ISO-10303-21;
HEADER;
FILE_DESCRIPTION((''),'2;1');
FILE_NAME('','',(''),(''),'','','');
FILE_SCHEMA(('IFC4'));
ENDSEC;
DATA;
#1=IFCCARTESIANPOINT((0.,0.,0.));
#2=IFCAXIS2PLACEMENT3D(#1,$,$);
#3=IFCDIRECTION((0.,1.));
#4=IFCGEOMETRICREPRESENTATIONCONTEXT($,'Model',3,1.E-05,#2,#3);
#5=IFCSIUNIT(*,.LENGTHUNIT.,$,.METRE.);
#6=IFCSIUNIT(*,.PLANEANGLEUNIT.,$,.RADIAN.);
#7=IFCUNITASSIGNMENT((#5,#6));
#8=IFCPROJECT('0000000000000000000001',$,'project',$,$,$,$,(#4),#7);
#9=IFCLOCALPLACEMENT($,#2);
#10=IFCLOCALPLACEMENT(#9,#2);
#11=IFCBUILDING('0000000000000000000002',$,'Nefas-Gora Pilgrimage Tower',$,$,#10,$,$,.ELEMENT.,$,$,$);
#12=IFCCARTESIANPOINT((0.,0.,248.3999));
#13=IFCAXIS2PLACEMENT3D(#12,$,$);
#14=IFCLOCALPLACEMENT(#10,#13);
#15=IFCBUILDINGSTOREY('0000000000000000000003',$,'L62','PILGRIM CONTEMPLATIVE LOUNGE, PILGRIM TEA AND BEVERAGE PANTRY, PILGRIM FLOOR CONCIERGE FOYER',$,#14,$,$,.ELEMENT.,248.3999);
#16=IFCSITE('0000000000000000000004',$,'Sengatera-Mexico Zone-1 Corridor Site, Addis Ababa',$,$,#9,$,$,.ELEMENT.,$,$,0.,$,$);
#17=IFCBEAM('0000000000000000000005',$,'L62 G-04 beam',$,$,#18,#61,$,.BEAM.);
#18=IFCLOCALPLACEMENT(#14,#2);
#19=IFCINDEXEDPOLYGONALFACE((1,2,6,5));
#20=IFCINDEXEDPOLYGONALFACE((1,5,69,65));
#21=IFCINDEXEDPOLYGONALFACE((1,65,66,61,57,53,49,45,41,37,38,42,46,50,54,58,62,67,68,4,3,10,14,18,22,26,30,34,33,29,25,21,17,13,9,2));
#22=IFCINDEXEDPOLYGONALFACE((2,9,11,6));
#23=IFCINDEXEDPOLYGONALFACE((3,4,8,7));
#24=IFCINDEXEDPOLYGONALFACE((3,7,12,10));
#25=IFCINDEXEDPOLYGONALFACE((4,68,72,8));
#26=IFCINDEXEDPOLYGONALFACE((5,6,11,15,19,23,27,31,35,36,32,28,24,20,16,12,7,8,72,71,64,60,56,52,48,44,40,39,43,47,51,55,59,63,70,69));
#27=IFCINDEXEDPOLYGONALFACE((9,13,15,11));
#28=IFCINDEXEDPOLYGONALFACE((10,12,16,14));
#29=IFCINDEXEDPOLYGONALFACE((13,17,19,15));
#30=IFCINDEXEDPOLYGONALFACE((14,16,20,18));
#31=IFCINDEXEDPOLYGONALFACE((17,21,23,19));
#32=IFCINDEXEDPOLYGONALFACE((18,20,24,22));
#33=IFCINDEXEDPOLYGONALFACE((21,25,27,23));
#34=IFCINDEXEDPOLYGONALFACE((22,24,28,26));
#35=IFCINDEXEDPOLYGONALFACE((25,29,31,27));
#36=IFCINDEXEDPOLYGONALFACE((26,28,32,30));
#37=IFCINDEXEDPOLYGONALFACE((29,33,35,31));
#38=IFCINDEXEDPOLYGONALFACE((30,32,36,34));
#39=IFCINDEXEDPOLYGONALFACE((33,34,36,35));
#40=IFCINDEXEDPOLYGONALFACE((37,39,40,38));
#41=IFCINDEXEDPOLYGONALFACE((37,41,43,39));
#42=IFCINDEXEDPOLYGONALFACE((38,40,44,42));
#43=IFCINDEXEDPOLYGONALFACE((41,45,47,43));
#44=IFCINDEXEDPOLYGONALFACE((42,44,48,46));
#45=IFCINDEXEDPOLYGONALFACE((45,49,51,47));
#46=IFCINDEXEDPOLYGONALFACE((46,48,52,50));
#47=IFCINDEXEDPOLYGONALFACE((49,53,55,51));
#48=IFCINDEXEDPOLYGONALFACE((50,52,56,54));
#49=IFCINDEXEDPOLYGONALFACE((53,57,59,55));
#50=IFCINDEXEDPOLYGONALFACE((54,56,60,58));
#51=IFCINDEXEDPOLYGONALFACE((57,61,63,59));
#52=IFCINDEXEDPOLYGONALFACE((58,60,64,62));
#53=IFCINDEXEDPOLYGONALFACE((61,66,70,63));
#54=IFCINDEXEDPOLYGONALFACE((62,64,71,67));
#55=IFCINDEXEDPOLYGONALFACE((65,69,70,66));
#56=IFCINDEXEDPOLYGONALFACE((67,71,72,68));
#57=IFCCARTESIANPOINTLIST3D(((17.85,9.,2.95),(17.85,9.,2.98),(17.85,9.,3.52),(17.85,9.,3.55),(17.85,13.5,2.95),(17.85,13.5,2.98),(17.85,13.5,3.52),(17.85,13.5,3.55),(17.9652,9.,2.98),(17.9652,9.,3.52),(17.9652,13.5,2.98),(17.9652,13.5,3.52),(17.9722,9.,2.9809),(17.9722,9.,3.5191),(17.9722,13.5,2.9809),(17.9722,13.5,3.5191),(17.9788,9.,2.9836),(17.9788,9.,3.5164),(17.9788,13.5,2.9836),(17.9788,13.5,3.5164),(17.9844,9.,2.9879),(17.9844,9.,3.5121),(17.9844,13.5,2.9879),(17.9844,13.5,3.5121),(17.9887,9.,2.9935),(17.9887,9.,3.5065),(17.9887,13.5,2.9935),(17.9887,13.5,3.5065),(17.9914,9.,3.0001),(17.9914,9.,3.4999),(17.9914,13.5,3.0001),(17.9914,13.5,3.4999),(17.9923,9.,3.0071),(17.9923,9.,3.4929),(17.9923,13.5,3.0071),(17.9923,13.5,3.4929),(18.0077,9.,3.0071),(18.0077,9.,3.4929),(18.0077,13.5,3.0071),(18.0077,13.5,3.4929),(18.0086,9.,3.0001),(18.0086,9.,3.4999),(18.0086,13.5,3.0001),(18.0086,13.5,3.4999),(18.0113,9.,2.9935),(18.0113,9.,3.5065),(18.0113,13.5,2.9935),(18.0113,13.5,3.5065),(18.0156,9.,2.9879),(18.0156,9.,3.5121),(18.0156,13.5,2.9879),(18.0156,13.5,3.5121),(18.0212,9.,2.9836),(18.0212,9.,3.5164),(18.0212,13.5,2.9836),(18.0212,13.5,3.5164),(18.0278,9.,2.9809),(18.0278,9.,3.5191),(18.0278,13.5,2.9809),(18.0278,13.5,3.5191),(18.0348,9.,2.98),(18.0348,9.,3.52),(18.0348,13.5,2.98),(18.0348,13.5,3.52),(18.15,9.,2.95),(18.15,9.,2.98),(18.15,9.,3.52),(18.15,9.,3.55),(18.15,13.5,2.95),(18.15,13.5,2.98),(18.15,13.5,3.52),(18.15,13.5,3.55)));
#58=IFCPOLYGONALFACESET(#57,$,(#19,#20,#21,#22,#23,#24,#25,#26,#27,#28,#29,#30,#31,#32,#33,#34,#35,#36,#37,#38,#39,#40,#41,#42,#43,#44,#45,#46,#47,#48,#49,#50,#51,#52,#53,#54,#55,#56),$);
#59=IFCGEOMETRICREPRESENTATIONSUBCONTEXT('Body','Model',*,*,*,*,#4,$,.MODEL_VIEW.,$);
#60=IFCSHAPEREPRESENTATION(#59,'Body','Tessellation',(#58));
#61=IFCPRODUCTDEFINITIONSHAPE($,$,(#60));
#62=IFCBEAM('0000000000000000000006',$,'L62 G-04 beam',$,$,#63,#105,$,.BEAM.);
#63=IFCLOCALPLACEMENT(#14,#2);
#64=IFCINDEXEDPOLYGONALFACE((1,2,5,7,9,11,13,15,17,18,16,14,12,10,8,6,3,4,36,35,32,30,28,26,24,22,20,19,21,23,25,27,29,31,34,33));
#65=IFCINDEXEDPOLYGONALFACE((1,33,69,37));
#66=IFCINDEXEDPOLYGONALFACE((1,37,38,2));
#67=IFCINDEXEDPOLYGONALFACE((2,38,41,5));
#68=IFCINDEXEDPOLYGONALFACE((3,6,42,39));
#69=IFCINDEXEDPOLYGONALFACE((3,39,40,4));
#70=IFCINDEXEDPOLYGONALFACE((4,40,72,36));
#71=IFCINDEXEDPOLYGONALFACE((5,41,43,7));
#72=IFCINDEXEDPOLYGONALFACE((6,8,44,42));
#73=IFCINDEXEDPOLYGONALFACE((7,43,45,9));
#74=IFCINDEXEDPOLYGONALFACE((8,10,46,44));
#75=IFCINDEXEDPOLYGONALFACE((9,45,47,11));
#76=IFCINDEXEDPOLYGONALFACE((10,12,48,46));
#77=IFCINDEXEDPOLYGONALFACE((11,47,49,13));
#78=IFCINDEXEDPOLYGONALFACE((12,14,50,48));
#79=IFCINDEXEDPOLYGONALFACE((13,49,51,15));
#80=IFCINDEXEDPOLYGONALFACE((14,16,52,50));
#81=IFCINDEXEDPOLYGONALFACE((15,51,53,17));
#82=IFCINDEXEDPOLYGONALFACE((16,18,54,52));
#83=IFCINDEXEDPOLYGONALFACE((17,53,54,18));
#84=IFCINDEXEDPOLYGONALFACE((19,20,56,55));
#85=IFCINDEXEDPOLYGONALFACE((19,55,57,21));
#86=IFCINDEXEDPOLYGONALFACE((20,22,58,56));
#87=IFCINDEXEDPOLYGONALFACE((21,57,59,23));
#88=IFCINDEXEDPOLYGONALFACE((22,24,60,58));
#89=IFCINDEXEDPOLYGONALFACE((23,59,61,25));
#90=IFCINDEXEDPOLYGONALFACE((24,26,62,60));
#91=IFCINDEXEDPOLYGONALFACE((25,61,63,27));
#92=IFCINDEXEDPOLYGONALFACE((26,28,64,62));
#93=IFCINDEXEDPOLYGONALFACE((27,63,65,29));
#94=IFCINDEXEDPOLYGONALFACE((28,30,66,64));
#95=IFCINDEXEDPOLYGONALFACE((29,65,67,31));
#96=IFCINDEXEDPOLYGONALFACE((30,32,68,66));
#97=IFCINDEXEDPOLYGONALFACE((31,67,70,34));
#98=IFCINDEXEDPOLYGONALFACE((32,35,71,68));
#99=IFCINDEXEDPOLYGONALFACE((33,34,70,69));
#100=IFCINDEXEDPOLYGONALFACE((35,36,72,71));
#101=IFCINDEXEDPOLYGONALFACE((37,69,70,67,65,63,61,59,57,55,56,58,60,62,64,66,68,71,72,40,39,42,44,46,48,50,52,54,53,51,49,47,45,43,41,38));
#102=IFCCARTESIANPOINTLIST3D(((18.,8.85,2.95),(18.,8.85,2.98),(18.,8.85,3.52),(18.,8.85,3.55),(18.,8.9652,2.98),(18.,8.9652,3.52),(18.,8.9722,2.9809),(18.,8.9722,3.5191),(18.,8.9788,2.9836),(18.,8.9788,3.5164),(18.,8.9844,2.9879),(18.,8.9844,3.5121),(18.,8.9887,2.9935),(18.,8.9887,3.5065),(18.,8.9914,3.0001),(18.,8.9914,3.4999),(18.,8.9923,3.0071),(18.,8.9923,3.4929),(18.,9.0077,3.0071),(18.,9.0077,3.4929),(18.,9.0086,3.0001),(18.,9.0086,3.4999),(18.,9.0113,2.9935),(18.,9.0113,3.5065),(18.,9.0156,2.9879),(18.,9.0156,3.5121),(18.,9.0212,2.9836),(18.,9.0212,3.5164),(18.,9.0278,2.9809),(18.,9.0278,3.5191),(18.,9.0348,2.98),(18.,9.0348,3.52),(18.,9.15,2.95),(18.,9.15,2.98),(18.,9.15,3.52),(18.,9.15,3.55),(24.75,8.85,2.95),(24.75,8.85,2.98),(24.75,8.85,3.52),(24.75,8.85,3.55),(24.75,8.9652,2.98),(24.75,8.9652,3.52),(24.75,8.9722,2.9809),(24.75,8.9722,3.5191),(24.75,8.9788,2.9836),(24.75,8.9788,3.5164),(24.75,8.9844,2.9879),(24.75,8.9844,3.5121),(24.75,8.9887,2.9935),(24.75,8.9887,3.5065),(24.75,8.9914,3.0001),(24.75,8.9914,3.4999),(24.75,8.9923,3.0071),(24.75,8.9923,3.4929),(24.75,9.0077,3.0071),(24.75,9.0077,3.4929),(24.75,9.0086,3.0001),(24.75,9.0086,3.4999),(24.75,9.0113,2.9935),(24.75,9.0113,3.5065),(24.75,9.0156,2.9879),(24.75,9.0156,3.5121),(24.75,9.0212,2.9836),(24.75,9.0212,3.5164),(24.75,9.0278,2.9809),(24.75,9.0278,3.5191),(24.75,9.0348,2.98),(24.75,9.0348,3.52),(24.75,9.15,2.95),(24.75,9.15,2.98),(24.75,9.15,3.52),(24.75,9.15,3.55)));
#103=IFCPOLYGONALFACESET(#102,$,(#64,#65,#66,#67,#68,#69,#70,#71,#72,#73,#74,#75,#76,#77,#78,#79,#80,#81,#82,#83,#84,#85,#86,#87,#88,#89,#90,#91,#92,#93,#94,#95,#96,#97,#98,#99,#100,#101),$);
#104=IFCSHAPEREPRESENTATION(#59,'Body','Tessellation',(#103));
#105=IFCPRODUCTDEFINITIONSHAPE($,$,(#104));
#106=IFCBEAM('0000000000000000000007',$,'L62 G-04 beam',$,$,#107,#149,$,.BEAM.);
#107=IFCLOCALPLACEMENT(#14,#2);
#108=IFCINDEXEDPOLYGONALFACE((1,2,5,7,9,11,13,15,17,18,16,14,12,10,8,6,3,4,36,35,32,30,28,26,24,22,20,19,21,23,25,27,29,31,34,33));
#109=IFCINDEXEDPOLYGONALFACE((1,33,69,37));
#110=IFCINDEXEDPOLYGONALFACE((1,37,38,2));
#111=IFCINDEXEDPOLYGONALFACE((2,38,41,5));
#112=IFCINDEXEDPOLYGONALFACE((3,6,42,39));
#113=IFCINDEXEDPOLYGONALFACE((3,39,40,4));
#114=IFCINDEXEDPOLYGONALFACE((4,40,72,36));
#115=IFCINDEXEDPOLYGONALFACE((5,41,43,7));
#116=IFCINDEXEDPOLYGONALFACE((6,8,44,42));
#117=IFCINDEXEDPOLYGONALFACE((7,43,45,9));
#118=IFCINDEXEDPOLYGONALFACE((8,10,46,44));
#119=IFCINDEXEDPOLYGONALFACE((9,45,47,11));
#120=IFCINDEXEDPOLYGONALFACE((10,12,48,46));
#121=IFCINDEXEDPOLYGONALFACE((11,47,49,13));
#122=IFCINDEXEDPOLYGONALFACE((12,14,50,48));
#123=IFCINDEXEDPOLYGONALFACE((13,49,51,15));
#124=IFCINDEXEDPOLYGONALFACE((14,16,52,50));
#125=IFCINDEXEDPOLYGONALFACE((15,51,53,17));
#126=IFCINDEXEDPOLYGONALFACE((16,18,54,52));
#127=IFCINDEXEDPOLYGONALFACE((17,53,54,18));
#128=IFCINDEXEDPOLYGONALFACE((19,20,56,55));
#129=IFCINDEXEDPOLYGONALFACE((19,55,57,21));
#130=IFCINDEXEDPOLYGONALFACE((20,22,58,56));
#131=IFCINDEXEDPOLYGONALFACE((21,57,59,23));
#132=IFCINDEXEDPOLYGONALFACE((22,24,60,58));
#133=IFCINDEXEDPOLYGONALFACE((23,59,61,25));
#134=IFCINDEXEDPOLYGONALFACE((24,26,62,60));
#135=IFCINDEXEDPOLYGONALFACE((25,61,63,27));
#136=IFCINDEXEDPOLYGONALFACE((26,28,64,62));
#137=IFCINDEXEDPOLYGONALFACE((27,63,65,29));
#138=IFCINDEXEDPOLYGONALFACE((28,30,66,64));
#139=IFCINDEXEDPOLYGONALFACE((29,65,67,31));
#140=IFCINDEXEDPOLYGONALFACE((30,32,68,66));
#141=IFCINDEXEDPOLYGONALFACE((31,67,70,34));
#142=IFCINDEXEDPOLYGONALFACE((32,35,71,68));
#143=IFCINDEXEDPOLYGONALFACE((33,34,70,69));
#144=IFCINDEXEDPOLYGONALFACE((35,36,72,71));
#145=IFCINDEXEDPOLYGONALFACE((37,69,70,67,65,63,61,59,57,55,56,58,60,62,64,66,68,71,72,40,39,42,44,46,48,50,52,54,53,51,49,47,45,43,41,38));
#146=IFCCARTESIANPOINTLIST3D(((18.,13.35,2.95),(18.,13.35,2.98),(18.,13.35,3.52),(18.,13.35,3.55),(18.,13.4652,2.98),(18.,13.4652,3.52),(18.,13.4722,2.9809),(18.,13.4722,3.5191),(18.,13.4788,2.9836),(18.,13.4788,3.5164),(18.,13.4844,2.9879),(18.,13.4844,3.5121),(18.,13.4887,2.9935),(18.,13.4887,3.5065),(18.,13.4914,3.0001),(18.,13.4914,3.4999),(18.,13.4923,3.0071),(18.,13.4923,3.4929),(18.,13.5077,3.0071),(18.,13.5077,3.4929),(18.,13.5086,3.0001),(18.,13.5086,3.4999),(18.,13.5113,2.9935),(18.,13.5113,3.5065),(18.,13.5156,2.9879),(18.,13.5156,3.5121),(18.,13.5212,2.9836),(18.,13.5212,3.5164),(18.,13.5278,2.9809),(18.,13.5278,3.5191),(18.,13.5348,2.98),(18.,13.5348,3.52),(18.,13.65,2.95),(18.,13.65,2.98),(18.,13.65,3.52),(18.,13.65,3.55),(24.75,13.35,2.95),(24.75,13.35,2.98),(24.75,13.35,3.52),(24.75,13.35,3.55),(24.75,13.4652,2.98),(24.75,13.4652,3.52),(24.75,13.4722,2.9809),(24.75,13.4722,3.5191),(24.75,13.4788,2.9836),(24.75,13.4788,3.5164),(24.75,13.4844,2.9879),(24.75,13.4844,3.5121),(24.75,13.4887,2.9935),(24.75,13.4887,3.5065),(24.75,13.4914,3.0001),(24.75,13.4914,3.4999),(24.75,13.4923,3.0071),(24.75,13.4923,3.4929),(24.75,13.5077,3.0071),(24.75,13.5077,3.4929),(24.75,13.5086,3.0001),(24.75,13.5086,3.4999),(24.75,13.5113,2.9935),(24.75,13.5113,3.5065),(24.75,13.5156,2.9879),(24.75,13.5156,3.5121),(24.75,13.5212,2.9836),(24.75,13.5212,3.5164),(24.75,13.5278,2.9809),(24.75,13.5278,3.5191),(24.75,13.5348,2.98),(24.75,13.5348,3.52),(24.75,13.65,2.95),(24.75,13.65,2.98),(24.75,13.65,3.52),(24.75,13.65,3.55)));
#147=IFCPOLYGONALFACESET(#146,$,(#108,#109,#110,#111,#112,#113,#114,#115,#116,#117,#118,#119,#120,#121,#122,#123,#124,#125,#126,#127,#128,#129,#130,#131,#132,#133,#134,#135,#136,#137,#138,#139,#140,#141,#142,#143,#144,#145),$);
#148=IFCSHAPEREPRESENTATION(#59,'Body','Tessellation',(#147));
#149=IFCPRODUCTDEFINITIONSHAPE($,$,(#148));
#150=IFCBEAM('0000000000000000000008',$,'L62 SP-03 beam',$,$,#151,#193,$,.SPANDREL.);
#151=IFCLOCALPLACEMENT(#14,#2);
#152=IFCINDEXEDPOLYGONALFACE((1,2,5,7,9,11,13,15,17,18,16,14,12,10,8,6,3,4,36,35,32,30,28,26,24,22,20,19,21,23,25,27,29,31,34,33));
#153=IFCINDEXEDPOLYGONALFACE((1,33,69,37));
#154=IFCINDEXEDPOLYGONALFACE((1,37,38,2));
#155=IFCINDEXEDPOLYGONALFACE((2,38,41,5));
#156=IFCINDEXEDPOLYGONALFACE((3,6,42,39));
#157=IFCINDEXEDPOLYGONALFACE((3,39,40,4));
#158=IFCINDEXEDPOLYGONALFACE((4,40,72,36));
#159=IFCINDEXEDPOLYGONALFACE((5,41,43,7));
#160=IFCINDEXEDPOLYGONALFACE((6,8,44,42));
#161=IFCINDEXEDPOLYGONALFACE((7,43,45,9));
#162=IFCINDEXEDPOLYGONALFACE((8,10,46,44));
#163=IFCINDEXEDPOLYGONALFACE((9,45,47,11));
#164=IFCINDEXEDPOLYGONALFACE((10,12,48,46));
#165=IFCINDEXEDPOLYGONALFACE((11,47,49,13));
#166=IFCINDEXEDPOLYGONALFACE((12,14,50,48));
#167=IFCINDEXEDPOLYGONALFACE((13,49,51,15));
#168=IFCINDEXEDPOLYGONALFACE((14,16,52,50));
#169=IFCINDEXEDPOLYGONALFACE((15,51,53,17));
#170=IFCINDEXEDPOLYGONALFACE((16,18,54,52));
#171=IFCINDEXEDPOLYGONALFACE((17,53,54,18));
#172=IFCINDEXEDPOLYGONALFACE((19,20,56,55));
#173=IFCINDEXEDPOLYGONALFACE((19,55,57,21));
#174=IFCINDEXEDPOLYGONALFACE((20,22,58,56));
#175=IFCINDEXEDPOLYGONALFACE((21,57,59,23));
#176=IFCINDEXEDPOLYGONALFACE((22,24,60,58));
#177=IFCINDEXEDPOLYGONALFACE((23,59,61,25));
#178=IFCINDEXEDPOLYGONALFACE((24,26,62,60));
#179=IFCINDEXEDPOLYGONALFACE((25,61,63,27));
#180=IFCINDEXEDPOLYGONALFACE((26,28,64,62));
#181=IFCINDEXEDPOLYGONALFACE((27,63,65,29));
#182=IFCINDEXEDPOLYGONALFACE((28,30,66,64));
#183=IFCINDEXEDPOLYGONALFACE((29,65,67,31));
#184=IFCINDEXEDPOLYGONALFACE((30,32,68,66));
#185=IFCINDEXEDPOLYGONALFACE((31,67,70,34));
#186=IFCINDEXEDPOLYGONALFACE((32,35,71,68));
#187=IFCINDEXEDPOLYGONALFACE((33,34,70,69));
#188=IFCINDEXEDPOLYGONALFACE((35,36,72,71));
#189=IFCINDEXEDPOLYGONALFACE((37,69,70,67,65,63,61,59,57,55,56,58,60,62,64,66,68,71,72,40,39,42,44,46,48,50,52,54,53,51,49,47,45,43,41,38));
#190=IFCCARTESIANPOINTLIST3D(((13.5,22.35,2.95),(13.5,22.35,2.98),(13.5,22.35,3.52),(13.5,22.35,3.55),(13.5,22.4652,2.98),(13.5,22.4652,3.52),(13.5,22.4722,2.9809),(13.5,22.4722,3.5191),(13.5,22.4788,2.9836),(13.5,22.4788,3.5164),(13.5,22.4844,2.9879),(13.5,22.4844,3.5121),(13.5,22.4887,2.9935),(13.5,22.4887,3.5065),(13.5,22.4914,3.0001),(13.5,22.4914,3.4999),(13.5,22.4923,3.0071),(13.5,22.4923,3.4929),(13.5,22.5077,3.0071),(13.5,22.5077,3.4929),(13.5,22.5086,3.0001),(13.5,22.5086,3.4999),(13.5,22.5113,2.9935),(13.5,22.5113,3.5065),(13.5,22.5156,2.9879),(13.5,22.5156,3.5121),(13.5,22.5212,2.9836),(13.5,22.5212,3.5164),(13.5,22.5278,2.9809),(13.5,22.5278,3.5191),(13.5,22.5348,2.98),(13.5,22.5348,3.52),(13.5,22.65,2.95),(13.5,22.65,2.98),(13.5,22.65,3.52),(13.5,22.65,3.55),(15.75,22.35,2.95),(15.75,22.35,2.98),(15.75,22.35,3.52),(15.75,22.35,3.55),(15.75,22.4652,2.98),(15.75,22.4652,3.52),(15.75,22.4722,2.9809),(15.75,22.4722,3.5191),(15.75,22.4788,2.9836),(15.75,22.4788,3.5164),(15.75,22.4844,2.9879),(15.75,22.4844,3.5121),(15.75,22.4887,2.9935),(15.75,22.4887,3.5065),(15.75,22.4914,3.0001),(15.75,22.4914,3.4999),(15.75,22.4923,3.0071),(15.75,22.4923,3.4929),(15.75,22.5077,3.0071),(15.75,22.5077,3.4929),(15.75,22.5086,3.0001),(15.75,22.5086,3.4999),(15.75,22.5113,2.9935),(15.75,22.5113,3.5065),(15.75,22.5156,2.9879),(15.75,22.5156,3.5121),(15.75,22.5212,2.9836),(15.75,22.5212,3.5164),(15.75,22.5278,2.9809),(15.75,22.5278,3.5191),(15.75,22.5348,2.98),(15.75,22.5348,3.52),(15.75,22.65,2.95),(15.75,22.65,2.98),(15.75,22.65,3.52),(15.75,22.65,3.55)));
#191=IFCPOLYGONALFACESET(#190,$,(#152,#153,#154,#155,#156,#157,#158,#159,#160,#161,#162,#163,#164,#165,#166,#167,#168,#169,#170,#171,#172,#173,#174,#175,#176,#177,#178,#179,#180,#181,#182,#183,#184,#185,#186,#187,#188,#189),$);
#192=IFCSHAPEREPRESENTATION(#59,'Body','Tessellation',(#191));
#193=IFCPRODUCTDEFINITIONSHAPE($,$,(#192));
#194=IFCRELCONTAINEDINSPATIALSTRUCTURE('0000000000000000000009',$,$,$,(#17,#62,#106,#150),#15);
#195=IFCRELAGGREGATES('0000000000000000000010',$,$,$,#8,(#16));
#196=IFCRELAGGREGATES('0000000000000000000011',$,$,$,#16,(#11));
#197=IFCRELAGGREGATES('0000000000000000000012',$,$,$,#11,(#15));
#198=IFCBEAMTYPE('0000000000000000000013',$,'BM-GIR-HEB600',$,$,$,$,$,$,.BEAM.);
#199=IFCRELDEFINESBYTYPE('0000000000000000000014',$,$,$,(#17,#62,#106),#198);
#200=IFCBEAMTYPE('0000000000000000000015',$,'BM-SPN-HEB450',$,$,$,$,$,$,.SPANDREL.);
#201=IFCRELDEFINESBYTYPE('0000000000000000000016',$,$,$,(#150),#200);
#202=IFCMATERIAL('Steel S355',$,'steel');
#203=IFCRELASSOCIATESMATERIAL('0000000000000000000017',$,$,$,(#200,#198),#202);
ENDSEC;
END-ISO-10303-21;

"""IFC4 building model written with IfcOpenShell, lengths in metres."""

from ifc_helpers import new_model, si_unit, direction, frame, origin, origin_2d, place, context, subcontext, project, spatial, i_section, extrude, source, transform, mapped, material, material_profile, profile_set, type_object, element, save


model = new_model("IFC4")

# Units and contexts
model_context = context("Model", 3, precision=1e-05, world=origin(), true_north=direction((0.0, 1.0)))
body_context = subcontext(model_context, "Body", "Model", "MODEL_VIEW")
ifc_project = project(units=[si_unit("LENGTHUNIT", "METRE"), si_unit("PLANEANGLEUNIT", "RADIAN")], contexts=[model_context])

# Site, building, storey
site_placement = place(None, origin())
site = spatial("IfcSite", under=ifc_project, at=site_placement, Name="Sengatera-Mexico Zone-1 Corridor Site, Addis Ababa", CompositionType="ELEMENT", RefElevation=0.0)
building_placement = place(site_placement, origin())
building = spatial("IfcBuilding", under=site, at=building_placement, Name="Nefas-Gora Pilgrimage Tower", CompositionType="ELEMENT")
storey_placement = place(building_placement, frame((0.0, 0.0, 248.3999)))
storey = spatial("IfcBuildingStorey", under=building, at=storey_placement, Name="L62", Description="PILGRIM CONTEMPLATIVE LOUNGE, PILGRIM TEA AND BEVERAGE PANTRY, PILGRIM FLOOR CONCIERGE FOYER", CompositionType="ELEMENT", Elevation=248.3999)

# Beams
ifc_material_1 = material(Name="Steel S355", Category="steel")
ifc_material_profile_1 = material_profile(ifc_material_1, i_section(OverallWidth=0.3, OverallDepth=0.6001, WebThickness=0.0154, FlangeThickness=0.03, FilletRadius=0.0271, at=origin_2d()), Name="HEB 600")
ifc_profile_set_1 = profile_set([ifc_material_profile_1], Name="Steel S355")
beam_type_1 = type_object("IfcBeamType", Name="BM-SPN-HEB450", PredefinedType="SPANDREL", material=ifc_profile_set_1)
ifc_material_profile_2 = material_profile(ifc_material_1, i_section(OverallWidth=0.3, OverallDepth=0.6001, WebThickness=0.0154, FlangeThickness=0.03, FilletRadius=0.0271, at=origin_2d()), Name="HEB 600")
ifc_profile_set_2 = profile_set([ifc_material_profile_2], Name="Steel S355")
beam_type_2 = type_object("IfcBeamType", Name="BM-GIR-HEB600", PredefinedType="BEAM", material=ifc_profile_set_2)
shared_shape_1 = source(origin(), body_context, "Body", "SweptSolid", [
    extrude(i_section(OverallWidth=0.3, OverallDepth=0.6001, WebThickness=0.0154, FlangeThickness=0.03, FilletRadius=0.0271, at=origin_2d()), origin(), (0.0, 0.0, 1.0), 4.5),
])
beam_1_placement = place(storey_placement, frame((18.0, 9.0, 3.25), z_axis=(0.0, 1.0, 0.0), x_axis=(-1.0, 0.0, 0.0)))
element("IfcBeam", 1, at=beam_1_placement, inside=storey, type_object=beam_type_2, Name="L62 G-04 beam", PredefinedType="BEAM", context=body_context, shape_type="MappedRepresentation", body=[
    mapped(shared_shape_1, transform((0.0, 0.0, 0.0), x_axis=(1.0, 0.0, 0.0), y_axis=(0.0, 1.0, 0.0), z_axis=(0.0, 0.0, 1.0), scale=1.0)),
])
shared_shape_2 = source(origin(), body_context, "Body", "SweptSolid", [
    extrude(i_section(OverallWidth=0.3, OverallDepth=0.6001, WebThickness=0.0154, FlangeThickness=0.03, FilletRadius=0.0271, at=origin_2d()), origin(), (0.0, 0.0, 1.0), 6.75),
])
for number, where, z_axis, x_axis, name in (
    (2, (18.0, 9.0, 3.25), (1.0, 0.0, 0.0), (0.0, 1.0, 0.0), "L62 G-04 beam"),
    (3, (18.0, 13.5, 3.25), (1.0, 0.0, 0.0), (0.0, 1.0, 0.0), "L62 G-04 beam"),
):
    element("IfcBeam", number, at=place(storey_placement, frame(where, z_axis=z_axis, x_axis=x_axis)), inside=storey, type_object=beam_type_2, Name=name, PredefinedType="BEAM", context=body_context, shape_type="MappedRepresentation", body=[
        mapped(shared_shape_2, transform((0.0, 0.0, 0.0), x_axis=(1.0, 0.0, 0.0), y_axis=(0.0, 1.0, 0.0), z_axis=(0.0, 0.0, 1.0), scale=1.0)),
    ])
shared_shape_3 = source(origin(), body_context, "Body", "SweptSolid", [
    extrude(i_section(OverallWidth=0.3, OverallDepth=0.6001, WebThickness=0.0154, FlangeThickness=0.03, FilletRadius=0.0271, at=origin_2d()), origin(), (0.0, 0.0, 1.0), 2.25),
])
beam_2_placement = place(storey_placement, frame((13.5, 22.5, 3.25), z_axis=(1.0, 0.0, 0.0), x_axis=(0.0, 1.0, 0.0)))
element("IfcBeam", 4, at=beam_2_placement, inside=storey, type_object=beam_type_1, Name="L62 SP-03 beam", PredefinedType="SPANDREL", context=body_context, shape_type="MappedRepresentation", body=[
    mapped(shared_shape_3, transform((0.0, 0.0, 0.0), x_axis=(1.0, 0.0, 0.0), y_axis=(0.0, 1.0, 0.0), z_axis=(0.0, 0.0, 1.0), scale=1.0)),
])

save(model, "model.ifc")
